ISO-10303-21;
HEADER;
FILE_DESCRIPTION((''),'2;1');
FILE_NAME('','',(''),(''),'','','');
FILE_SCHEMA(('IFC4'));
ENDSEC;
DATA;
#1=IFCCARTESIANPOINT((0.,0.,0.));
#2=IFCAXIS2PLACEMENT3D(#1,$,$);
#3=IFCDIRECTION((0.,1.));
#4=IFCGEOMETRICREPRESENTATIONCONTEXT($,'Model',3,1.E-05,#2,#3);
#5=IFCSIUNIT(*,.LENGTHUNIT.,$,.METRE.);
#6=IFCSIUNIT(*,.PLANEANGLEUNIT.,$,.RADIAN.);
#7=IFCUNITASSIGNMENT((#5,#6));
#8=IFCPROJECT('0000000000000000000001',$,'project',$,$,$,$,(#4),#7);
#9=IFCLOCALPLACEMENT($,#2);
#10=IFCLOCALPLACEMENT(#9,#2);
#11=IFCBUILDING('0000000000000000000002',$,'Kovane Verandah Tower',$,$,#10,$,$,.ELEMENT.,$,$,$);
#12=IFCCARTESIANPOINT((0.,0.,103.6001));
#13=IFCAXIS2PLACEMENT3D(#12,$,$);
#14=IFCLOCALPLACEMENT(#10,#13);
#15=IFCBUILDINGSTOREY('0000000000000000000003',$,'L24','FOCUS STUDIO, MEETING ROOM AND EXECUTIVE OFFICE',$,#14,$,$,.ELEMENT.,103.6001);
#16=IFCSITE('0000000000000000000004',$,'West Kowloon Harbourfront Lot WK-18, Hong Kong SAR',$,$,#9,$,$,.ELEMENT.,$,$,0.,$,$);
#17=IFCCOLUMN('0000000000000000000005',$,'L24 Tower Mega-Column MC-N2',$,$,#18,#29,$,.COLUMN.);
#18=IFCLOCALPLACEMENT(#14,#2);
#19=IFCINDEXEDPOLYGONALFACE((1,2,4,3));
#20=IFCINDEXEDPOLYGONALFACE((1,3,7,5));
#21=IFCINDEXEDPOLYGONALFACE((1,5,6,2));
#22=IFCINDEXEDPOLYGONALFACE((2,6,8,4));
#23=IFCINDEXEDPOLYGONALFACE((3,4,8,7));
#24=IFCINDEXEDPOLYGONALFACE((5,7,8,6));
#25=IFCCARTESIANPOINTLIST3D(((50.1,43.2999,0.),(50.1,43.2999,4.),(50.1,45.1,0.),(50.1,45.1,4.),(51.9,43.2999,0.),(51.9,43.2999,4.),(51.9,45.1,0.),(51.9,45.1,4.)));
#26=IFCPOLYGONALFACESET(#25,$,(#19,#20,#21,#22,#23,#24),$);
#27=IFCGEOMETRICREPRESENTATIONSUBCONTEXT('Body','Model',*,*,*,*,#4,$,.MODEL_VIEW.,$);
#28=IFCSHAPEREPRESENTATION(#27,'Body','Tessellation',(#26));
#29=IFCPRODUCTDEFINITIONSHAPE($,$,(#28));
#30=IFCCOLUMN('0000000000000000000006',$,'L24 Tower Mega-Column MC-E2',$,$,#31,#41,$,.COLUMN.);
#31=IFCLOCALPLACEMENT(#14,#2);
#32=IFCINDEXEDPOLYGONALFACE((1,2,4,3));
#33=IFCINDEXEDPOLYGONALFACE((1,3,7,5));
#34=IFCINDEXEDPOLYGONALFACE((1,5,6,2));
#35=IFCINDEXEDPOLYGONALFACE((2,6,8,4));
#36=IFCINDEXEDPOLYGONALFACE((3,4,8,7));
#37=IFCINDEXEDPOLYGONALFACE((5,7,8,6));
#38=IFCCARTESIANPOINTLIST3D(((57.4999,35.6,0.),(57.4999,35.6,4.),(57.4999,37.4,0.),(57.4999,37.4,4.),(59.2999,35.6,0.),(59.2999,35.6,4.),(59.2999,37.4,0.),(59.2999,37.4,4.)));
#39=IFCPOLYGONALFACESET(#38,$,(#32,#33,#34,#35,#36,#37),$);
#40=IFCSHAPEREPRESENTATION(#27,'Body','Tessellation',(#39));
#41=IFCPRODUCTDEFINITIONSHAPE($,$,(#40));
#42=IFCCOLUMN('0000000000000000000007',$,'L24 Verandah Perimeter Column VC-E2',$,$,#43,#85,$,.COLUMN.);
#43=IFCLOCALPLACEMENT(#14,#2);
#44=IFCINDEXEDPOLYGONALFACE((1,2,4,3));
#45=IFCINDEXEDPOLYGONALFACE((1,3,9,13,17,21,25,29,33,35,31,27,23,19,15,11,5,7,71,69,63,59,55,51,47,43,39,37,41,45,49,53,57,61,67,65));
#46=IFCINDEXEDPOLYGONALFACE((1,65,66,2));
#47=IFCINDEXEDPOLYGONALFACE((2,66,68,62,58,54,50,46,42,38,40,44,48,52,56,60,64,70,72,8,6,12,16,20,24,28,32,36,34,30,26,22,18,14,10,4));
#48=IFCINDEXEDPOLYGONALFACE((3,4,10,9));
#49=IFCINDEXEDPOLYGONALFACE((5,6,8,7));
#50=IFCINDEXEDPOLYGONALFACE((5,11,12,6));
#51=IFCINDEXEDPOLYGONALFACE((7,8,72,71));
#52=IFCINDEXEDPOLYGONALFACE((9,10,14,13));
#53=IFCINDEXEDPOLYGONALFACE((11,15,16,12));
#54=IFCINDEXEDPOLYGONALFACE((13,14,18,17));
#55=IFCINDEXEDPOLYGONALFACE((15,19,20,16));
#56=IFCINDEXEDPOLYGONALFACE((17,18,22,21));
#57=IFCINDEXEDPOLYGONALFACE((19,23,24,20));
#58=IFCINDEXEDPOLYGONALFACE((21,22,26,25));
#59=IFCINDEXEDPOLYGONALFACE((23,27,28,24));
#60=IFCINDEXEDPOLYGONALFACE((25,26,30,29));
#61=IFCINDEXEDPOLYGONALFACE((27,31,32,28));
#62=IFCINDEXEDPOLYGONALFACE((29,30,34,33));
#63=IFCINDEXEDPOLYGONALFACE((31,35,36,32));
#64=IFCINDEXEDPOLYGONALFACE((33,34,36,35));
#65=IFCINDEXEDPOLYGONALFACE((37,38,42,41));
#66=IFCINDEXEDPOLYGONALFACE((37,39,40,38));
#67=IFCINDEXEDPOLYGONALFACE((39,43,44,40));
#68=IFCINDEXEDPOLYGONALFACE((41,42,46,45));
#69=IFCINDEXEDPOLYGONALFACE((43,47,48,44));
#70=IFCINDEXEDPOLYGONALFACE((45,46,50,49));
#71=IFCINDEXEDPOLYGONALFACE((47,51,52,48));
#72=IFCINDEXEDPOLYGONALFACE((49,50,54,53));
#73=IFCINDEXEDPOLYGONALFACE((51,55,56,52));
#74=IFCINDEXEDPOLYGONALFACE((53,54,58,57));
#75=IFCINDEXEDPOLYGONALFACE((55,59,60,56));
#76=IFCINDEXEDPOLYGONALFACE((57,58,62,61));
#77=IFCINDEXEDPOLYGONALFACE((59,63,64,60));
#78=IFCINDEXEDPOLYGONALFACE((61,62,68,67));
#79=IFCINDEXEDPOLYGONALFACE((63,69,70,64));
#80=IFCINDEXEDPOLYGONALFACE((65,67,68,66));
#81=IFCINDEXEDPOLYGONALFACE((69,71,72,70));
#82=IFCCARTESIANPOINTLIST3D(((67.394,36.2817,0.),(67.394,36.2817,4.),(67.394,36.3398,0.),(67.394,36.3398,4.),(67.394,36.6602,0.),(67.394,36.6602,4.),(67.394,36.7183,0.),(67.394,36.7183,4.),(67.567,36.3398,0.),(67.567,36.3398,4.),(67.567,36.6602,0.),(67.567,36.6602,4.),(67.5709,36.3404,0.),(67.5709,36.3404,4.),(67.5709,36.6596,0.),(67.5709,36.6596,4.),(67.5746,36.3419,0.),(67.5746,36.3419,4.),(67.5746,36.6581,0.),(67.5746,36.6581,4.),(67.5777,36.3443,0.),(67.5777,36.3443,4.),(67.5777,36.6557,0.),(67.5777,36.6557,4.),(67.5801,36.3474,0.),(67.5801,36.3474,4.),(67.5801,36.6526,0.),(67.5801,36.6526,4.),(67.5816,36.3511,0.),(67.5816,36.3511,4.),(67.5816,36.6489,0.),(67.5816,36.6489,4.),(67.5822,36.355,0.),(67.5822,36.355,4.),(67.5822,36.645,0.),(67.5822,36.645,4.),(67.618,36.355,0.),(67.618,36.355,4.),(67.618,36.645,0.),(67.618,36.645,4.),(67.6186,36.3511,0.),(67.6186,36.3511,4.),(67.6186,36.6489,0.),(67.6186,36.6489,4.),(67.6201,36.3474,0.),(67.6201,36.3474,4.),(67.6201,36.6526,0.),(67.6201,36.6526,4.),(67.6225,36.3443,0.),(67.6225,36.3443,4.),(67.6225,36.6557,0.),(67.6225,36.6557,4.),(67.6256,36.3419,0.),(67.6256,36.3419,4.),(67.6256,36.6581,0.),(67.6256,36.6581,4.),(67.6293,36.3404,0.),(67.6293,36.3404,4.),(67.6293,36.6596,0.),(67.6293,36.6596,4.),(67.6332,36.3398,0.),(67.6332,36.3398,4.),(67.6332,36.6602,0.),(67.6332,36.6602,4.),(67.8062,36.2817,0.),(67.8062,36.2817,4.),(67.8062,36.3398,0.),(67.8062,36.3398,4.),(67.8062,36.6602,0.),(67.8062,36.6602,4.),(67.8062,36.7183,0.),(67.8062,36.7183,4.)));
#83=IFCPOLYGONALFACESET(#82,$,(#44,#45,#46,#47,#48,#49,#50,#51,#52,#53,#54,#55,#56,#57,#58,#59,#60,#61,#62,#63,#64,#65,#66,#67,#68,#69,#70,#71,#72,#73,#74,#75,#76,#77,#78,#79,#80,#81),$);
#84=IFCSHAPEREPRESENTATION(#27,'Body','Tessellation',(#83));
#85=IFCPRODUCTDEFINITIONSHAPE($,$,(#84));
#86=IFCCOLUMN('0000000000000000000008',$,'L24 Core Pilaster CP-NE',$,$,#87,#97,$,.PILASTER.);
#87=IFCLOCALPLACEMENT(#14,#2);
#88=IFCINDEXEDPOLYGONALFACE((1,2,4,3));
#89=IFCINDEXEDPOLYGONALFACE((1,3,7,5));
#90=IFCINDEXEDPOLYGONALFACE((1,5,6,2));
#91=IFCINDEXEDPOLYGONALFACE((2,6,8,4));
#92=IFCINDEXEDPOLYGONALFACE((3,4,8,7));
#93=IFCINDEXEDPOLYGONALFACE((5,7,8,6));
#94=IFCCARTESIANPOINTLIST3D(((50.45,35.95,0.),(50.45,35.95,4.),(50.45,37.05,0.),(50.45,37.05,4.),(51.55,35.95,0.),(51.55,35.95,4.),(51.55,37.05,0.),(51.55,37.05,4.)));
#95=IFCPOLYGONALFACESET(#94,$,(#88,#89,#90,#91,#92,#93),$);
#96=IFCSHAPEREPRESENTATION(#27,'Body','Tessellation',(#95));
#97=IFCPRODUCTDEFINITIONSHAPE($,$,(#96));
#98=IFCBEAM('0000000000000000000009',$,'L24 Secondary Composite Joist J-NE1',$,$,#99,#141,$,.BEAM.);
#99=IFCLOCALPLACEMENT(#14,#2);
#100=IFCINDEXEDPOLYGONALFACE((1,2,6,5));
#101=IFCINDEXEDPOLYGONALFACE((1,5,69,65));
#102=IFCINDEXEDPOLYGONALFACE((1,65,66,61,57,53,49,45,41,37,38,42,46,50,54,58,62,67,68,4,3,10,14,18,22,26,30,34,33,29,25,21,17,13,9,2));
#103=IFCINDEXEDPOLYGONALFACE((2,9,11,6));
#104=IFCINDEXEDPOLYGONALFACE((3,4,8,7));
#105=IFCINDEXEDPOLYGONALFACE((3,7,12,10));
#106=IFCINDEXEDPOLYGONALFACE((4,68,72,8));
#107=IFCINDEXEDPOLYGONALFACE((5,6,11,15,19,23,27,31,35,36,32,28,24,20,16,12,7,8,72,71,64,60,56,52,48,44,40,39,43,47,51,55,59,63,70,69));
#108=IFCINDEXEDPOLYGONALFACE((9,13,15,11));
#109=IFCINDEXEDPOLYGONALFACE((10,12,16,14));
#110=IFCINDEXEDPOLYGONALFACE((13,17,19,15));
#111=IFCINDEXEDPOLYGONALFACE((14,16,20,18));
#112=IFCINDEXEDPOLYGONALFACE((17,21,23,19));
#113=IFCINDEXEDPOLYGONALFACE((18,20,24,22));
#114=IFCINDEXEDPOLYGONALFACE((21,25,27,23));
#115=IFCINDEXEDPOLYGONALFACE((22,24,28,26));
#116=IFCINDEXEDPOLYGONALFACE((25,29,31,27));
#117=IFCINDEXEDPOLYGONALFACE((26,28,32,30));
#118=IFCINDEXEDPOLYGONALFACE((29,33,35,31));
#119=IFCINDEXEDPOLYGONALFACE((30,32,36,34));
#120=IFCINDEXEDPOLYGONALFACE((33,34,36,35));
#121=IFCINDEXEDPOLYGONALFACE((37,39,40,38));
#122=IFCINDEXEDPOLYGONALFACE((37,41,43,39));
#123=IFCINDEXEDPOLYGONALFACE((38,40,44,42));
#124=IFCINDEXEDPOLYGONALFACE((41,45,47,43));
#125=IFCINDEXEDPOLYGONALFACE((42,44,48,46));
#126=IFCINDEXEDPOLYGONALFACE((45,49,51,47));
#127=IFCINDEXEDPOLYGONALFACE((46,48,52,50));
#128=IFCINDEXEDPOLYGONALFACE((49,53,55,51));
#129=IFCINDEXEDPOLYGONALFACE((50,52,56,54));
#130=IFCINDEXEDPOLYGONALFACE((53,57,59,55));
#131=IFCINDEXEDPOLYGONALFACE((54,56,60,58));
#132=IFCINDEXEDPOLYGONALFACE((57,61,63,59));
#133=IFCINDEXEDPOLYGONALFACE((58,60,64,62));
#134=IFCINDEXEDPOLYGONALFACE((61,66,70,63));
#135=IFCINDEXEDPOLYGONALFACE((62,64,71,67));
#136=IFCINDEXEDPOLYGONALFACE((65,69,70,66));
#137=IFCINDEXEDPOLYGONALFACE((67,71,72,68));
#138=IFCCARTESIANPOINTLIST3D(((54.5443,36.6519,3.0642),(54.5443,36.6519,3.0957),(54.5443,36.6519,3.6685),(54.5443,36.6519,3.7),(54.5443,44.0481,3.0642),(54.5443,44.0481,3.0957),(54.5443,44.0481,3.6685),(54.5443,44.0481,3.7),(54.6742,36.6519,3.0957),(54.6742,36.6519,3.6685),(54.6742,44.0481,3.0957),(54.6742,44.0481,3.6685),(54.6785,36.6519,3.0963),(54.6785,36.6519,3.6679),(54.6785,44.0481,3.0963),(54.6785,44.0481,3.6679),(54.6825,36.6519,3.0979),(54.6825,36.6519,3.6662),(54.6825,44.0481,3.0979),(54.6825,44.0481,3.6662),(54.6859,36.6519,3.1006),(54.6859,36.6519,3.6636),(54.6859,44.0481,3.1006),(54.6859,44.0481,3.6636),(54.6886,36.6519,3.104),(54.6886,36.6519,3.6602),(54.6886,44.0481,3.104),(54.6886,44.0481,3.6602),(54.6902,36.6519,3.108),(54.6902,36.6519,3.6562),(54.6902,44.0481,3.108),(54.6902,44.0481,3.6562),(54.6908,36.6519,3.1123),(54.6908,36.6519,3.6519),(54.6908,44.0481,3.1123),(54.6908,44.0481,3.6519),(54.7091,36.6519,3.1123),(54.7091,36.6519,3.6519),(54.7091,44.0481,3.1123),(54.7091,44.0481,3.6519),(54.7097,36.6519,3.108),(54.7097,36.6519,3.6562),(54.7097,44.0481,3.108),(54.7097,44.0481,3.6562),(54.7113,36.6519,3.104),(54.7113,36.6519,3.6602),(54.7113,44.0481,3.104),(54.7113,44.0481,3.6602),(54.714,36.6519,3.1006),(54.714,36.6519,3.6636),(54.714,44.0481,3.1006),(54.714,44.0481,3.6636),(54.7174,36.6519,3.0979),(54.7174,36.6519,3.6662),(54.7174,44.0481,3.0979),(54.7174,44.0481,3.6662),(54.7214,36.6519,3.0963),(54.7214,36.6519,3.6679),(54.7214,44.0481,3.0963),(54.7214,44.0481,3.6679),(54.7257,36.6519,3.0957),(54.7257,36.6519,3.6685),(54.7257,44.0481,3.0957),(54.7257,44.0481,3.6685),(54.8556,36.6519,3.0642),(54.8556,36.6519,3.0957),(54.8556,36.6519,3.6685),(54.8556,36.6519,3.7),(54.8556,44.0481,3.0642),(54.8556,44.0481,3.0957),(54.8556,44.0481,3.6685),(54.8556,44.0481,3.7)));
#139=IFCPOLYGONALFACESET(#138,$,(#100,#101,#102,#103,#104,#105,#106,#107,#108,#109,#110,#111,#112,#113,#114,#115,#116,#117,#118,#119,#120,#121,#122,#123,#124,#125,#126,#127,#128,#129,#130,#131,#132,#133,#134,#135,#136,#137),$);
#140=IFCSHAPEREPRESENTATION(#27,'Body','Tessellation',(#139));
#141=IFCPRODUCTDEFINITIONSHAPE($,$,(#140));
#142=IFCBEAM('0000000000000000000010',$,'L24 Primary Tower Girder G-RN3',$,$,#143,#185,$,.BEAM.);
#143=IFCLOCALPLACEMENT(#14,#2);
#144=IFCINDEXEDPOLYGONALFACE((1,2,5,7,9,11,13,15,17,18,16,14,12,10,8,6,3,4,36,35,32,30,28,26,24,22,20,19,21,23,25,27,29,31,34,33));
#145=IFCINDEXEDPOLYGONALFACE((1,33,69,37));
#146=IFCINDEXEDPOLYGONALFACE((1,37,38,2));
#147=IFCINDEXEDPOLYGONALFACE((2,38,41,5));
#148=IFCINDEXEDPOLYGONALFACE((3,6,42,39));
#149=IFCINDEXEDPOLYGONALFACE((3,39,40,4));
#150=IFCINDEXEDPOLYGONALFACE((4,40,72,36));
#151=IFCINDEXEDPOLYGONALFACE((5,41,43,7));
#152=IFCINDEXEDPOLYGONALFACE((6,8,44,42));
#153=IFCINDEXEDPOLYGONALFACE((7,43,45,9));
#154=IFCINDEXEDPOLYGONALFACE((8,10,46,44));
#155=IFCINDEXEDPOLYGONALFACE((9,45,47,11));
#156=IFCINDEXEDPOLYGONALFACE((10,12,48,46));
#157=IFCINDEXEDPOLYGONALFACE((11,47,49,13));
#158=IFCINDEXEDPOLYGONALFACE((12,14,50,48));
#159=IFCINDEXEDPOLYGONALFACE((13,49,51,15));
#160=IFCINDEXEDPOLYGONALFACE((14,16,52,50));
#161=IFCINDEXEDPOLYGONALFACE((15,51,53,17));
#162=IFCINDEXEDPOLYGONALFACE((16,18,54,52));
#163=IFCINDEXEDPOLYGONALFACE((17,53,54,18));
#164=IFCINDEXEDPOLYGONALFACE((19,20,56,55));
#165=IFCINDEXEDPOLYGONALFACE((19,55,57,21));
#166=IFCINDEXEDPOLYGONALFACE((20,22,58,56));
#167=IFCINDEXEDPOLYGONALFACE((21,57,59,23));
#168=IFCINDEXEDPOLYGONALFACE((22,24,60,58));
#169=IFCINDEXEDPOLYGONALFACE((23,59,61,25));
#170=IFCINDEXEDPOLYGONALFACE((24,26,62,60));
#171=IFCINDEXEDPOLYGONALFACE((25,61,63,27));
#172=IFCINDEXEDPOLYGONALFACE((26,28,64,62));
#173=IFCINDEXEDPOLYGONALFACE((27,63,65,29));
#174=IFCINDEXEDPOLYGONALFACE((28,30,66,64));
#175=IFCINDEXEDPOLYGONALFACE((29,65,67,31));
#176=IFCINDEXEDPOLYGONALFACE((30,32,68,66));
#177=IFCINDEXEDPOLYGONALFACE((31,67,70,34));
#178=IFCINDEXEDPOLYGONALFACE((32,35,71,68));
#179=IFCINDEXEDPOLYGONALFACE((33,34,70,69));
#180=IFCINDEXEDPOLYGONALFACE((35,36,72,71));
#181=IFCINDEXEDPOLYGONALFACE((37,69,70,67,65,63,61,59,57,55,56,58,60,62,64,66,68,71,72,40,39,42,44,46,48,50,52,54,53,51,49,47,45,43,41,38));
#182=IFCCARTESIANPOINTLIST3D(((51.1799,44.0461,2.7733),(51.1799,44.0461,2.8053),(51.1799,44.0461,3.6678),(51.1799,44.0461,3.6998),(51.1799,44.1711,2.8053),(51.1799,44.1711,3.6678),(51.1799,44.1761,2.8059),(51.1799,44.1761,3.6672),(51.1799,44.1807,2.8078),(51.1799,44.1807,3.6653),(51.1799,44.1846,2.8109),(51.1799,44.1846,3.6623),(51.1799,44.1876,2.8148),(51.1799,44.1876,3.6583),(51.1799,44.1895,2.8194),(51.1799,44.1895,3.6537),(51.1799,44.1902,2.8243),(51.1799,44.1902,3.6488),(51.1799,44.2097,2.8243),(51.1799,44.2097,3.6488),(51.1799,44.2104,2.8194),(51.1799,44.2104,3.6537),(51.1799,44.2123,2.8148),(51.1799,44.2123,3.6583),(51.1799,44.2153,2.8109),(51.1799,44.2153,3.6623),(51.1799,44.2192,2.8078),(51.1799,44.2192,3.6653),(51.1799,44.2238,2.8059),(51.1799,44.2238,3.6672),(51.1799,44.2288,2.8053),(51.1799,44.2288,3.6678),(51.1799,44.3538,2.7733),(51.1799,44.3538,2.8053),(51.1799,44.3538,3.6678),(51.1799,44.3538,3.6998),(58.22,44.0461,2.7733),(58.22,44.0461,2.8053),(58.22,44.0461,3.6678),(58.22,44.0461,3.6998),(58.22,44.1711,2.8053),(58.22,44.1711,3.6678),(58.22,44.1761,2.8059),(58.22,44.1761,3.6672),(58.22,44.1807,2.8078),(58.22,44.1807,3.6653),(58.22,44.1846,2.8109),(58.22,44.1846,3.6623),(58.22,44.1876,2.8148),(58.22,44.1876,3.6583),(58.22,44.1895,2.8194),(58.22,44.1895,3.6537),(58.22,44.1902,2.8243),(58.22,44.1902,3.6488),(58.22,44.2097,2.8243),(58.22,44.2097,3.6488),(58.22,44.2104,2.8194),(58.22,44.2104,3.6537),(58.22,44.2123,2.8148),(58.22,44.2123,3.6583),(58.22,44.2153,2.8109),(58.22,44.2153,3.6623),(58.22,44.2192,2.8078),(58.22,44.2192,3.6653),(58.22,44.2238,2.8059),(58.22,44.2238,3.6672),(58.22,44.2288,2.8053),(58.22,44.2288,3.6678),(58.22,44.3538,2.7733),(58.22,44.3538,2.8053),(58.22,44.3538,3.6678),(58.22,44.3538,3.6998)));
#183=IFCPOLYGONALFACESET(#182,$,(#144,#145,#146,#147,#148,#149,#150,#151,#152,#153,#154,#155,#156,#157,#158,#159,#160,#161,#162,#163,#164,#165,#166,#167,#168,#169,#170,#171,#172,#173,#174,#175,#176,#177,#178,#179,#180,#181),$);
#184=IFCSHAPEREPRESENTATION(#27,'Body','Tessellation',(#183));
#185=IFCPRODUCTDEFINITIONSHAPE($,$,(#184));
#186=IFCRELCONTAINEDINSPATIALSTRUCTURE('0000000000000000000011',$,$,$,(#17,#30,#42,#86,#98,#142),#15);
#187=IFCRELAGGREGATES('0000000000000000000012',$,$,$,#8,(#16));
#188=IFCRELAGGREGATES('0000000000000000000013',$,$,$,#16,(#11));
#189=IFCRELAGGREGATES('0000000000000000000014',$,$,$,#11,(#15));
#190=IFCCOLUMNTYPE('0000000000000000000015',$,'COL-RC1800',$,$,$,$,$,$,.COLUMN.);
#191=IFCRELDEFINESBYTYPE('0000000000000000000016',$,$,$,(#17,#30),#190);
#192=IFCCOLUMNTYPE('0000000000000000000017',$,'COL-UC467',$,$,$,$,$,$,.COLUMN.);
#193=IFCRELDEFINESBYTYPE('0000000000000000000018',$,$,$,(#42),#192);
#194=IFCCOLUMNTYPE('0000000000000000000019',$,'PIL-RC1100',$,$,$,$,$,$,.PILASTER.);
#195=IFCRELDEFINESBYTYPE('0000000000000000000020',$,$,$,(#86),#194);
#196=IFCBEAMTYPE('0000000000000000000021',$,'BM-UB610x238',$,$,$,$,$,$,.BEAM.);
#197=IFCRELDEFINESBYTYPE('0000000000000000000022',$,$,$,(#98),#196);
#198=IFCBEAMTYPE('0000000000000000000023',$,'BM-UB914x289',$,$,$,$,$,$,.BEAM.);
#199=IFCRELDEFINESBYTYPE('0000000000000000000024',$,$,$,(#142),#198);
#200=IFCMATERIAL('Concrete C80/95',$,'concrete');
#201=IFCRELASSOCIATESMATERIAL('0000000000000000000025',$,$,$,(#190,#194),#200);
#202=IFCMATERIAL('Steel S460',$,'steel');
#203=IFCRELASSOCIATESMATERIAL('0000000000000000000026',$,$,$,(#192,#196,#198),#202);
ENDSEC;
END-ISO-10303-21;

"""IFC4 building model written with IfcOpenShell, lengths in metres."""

from ifc_helpers import new_model, si_unit, direction, frame, origin, origin_2d, place, context, subcontext, project, spatial, rectangle, i_section, extrude, material, material_profile, profile_set, type_object, element, save


model = new_model("IFC4")

# Units and contexts
model_context = context("Model", 3, precision=1e-05, world=origin(), true_north=direction((0.0, 1.0)))
body_context = subcontext(model_context, "Body", "Model", "MODEL_VIEW")
ifc_project = project(units=[si_unit("LENGTHUNIT", "METRE"), si_unit("PLANEANGLEUNIT", "RADIAN")], contexts=[model_context])

# Site, building, storey
site_placement = place(None, origin())
site = spatial("IfcSite", under=ifc_project, at=site_placement, Name="West Kowloon Harbourfront Lot WK-18, Hong Kong SAR", CompositionType="ELEMENT", RefElevation=0.0)
building_placement = place(site_placement, origin())
building = spatial("IfcBuilding", under=site, at=building_placement, Name="Kovane Verandah Tower", CompositionType="ELEMENT")
storey_placement = place(building_placement, frame((0.0, 0.0, 103.6001)))
storey = spatial("IfcBuildingStorey", under=building, at=storey_placement, Name="L24", Description="FOCUS STUDIO, MEETING ROOM AND EXECUTIVE OFFICE", CompositionType="ELEMENT", Elevation=103.6001)

# Columns
ifc_material_1 = material(Name="Concrete C80/95", Category="concrete")
ifc_material_profile_1 = material_profile(ifc_material_1, rectangle(XDim=1.8, YDim=1.8, at=origin_2d()), Name="RC1800x1800")
ifc_profile_set_1 = profile_set([ifc_material_profile_1], Name="Concrete C80/95")
column_type_1 = type_object("IfcColumnType", Name="COL-RC1800", PredefinedType="COLUMN", material=ifc_profile_set_1)
for number, where, z_axis, x_axis, name in (
    (1, (51.0, 44.2, 0.0), (0.0, 0.0, 1.0), (1.0, 0.0, 0.0), "L24 Tower Mega-Column MC-N2"),
    (2, (58.3999, 36.5, 0.0), (0.0, 0.0, 1.0), (1.0, 0.0, 0.0), "L24 Tower Mega-Column MC-E2"),
):
    element("IfcColumn", number, at=place(storey_placement, frame(where, z_axis=z_axis, x_axis=x_axis)), inside=storey, type_object=column_type_1, Name=name, PredefinedType="COLUMN", context=body_context, shape_type="SweptSolid", body=[
        extrude(rectangle(XDim=1.8, YDim=1.8, at=origin_2d()), origin(), (0.0, 0.0, 1.0), 4.0),
    ])
ifc_material_2 = material(Name="Steel S460", Category="steel")
ifc_material_profile_2 = material_profile(ifc_material_2, i_section(OverallWidth=0.4121, OverallDepth=0.4365, WebThickness=0.0359, FlangeThickness=0.0581, FilletRadius=0.0151, at=origin_2d()), Name="UC356x406x467")
ifc_profile_set_2 = profile_set([ifc_material_profile_2], Name="Steel S460")
column_type_2 = type_object("IfcColumnType", Name="COL-UC467", PredefinedType="COLUMN", material=ifc_profile_set_2)
column_1_placement = place(storey_placement, frame((67.6001, 36.5, 0.0), z_axis=(0.0, 0.0, 1.0), x_axis=(1.0, 0.0, 0.0)))
element("IfcColumn", 3, at=column_1_placement, inside=storey, type_object=column_type_2, Name="L24 Verandah Perimeter Column VC-E2", PredefinedType="COLUMN", context=body_context, shape_type="SweptSolid", body=[
    extrude(i_section(OverallWidth=0.4121, OverallDepth=0.4365, WebThickness=0.0359, FlangeThickness=0.0581, FilletRadius=0.0151, at=origin_2d()), origin(), (0.0, 0.0, 1.0), 4.0),
])
ifc_material_profile_3 = material_profile(ifc_material_1, rectangle(XDim=1.1001, YDim=1.1001, at=origin_2d()), Name="RC1100x1100")
ifc_profile_set_3 = profile_set([ifc_material_profile_3], Name="Concrete C80/95")
column_type_3 = type_object("IfcColumnType", Name="PIL-RC1100", PredefinedType="PILASTER", material=ifc_profile_set_3)
column_2_placement = place(storey_placement, frame((51.0, 36.5, 0.0), z_axis=(0.0, 0.0, 1.0), x_axis=(1.0, 0.0, 0.0)))
element("IfcColumn", 4, at=column_2_placement, inside=storey, type_object=column_type_3, Name="L24 Core Pilaster CP-NE", PredefinedType="PILASTER", context=body_context, shape_type="SweptSolid", body=[
    extrude(rectangle(XDim=1.1001, YDim=1.1001, at=origin_2d()), origin(), (0.0, 0.0, 1.0), 4.0),
])

# Beams
ifc_material_profile_4 = material_profile(ifc_material_2, i_section(OverallWidth=0.3113, OverallDepth=0.6357, WebThickness=0.0183, FlangeThickness=0.0315, FilletRadius=0.0166, at=origin_2d()), Name="UB610x305x238")
ifc_profile_set_4 = profile_set([ifc_material_profile_4], Name="Steel S460")
beam_type_1 = type_object("IfcBeamType", Name="BM-UB610x238", PredefinedType="BEAM", material=ifc_profile_set_4)
beam_1_placement = place(storey_placement, frame((54.7, 36.6519, 3.3821), z_axis=(0.0, 1.0, 0.0), x_axis=(-1.0, 0.0, 0.0)))
element("IfcBeam", 5, at=beam_1_placement, inside=storey, type_object=beam_type_1, Name="L24 Secondary Composite Joist J-NE1", PredefinedType="BEAM", context=body_context, shape_type="SweptSolid", body=[
    extrude(i_section(OverallWidth=0.3113, OverallDepth=0.6357, WebThickness=0.0183, FlangeThickness=0.0315, FilletRadius=0.0166, at=origin_2d()), origin(), (0.0, 0.0, 1.0), 7.3962),
])
ifc_material_profile_5 = material_profile(ifc_material_2, i_section(OverallWidth=0.3076, OverallDepth=0.9265, WebThickness=0.0195, FlangeThickness=0.032, FilletRadius=0.019, at=origin_2d()), Name="UB914x305x289")
ifc_profile_set_5 = profile_set([ifc_material_profile_5], Name="Steel S460")
beam_type_2 = type_object("IfcBeamType", Name="BM-UB914x289", PredefinedType="BEAM", material=ifc_profile_set_5)
beam_2_placement = place(storey_placement, frame((51.1799, 44.2, 3.2366), z_axis=(1.0, 0.0, 0.0), x_axis=(0.0, 1.0, 0.0)))
element("IfcBeam", 6, at=beam_2_placement, inside=storey, type_object=beam_type_2, Name="L24 Primary Tower Girder G-RN3", PredefinedType="BEAM", context=body_context, shape_type="SweptSolid", body=[
    extrude(i_section(OverallWidth=0.3076, OverallDepth=0.9265, WebThickness=0.0195, FlangeThickness=0.032, FilletRadius=0.019, at=origin_2d()), origin(), (0.0, 0.0, 1.0), 7.04),
])

save(model, "model.ifc")
